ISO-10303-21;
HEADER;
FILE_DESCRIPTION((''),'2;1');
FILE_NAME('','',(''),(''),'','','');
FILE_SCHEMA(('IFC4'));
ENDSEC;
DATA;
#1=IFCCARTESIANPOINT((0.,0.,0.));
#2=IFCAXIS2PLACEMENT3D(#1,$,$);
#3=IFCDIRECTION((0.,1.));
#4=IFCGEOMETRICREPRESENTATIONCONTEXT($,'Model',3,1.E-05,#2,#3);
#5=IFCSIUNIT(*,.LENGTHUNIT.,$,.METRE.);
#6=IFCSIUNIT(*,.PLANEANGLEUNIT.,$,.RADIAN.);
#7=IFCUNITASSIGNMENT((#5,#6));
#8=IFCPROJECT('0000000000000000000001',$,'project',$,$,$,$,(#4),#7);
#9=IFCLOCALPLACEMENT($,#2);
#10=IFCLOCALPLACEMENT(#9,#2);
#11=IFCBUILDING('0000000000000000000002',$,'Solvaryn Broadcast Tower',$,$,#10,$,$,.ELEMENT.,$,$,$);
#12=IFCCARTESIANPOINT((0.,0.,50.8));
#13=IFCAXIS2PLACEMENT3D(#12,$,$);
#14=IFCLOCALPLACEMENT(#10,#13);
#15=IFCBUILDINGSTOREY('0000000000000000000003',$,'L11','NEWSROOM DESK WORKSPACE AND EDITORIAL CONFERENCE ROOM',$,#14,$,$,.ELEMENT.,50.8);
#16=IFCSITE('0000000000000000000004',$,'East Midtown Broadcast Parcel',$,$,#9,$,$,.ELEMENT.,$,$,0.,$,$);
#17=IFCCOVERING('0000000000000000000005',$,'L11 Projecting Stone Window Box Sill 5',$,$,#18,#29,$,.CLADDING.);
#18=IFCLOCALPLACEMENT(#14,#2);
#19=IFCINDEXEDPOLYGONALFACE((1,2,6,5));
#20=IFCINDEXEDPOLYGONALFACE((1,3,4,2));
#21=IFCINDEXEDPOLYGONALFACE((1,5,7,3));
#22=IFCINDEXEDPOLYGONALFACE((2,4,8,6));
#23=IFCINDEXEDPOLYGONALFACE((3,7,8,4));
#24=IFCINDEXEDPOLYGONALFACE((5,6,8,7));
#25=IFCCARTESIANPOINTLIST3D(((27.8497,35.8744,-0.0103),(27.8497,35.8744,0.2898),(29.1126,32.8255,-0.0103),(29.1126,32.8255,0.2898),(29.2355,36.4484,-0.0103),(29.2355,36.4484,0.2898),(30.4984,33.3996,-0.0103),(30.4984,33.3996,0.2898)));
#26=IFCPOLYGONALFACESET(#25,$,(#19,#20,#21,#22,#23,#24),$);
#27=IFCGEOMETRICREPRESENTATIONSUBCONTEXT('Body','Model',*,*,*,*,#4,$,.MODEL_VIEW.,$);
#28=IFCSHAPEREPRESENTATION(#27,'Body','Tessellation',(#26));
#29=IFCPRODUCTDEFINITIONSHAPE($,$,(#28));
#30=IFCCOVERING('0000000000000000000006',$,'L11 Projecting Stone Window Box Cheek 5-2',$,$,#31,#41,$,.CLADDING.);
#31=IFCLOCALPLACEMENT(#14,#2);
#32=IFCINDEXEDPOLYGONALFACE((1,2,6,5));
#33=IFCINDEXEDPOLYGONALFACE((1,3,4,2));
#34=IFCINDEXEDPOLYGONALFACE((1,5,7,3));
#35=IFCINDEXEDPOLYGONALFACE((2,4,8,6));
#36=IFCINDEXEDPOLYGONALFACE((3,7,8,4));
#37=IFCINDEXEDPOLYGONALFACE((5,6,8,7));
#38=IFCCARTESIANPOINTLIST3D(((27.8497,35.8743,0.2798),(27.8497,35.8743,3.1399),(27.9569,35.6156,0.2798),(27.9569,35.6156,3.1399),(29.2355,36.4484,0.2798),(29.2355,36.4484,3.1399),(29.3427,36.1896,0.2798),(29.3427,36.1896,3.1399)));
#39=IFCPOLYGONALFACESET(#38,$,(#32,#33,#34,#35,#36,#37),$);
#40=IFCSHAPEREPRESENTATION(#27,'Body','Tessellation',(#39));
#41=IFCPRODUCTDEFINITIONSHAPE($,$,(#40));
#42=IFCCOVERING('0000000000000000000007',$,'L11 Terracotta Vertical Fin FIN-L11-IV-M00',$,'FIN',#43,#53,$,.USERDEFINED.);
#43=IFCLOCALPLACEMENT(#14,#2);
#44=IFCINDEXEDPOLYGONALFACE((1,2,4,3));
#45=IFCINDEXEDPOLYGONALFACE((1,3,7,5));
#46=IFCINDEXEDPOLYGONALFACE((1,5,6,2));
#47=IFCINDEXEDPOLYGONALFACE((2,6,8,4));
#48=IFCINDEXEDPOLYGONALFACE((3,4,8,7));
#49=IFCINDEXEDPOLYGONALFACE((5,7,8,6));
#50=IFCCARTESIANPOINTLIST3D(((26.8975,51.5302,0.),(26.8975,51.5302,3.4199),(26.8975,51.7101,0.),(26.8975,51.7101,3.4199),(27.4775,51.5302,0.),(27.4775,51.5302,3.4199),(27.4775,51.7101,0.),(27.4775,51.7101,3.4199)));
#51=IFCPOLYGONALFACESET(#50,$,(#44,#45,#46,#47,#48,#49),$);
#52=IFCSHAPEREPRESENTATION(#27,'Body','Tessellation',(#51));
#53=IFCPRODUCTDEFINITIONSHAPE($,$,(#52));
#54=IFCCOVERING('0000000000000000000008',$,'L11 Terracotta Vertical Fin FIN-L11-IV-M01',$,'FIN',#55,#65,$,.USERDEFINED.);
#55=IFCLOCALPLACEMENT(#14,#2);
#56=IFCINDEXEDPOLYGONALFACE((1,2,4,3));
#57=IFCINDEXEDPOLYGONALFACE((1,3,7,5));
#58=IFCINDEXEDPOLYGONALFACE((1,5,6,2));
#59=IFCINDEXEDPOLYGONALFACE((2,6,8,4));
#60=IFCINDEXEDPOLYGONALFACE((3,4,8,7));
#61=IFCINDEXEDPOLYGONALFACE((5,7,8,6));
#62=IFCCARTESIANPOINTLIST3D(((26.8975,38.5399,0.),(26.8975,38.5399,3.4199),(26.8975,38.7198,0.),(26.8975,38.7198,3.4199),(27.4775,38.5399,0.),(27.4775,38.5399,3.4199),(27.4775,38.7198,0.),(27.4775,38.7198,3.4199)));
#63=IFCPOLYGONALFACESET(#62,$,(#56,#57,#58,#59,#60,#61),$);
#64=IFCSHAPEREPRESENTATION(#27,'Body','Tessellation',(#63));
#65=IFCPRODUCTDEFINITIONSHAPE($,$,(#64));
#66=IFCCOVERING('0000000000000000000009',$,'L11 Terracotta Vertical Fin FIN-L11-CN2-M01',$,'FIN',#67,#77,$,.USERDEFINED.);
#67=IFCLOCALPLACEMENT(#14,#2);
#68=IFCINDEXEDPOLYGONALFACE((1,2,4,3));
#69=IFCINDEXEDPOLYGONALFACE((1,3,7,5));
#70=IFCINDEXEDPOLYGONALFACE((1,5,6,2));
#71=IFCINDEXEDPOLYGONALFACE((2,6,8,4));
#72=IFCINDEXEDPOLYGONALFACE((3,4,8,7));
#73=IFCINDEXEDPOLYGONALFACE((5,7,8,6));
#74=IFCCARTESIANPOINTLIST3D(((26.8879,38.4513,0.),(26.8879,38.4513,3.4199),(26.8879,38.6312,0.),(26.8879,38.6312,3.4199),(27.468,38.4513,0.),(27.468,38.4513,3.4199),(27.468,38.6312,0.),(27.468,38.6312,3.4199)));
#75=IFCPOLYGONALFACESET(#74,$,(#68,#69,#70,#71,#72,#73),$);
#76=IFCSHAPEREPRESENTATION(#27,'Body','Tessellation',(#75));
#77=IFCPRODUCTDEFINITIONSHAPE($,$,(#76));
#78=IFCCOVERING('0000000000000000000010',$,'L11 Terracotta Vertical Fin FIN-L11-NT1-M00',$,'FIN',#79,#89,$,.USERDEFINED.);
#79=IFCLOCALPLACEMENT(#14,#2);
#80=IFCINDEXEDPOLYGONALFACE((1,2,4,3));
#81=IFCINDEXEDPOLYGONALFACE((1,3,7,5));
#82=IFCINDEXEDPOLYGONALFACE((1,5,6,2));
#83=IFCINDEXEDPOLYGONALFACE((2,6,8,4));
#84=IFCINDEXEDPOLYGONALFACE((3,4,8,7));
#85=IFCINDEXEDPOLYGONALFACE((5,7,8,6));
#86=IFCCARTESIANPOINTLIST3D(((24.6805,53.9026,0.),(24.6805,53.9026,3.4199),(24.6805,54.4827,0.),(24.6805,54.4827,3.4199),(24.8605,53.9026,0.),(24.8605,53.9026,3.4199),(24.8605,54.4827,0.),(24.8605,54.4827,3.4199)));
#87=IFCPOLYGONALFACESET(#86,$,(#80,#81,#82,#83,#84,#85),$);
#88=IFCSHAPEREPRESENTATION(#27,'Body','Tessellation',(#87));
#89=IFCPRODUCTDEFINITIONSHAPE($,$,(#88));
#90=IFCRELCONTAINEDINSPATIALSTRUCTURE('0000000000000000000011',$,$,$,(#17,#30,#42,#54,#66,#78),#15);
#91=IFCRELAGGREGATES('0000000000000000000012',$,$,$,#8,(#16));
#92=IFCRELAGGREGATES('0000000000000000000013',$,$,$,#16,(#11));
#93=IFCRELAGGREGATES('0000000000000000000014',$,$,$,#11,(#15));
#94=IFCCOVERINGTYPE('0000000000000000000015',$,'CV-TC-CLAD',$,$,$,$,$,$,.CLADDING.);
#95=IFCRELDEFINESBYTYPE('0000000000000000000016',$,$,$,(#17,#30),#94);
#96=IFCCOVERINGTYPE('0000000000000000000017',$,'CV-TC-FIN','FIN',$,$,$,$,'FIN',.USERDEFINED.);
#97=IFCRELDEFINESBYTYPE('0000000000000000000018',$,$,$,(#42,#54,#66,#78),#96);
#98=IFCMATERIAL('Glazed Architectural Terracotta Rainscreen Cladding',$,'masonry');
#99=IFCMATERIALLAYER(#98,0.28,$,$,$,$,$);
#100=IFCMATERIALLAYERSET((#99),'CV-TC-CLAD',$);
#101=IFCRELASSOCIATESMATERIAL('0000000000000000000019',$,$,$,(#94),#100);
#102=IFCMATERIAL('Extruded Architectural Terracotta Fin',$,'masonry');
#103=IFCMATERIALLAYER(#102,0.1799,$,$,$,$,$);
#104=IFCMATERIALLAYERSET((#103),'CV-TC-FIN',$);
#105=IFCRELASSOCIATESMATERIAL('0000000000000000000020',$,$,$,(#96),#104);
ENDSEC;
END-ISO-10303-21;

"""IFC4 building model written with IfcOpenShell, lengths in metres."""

from ifc_helpers import new_model, si_unit, direction, frame, origin, origin_2d, place, context, subcontext, project, spatial, rectangle, extrude, material, layer, layer_set, type_object, element, save


model = new_model("IFC4")

# Units and contexts
model_context = context("Model", 3, precision=1e-05, world=origin(), true_north=direction((0.0, 1.0)))
body_context = subcontext(model_context, "Body", "Model", "MODEL_VIEW")
ifc_project = project(units=[si_unit("LENGTHUNIT", "METRE"), si_unit("PLANEANGLEUNIT", "RADIAN")], contexts=[model_context])

# Site, building, storey
site_placement = place(None, origin())
site = spatial("IfcSite", under=ifc_project, at=site_placement, Name="East Midtown Broadcast Parcel", CompositionType="ELEMENT", RefElevation=0.0)
building_placement = place(site_placement, origin())
building = spatial("IfcBuilding", under=site, at=building_placement, Name="Solvaryn Broadcast Tower", CompositionType="ELEMENT")
storey_placement = place(building_placement, frame((0.0, 0.0, 50.8)))
storey = spatial("IfcBuildingStorey", under=building, at=storey_placement, Name="L11", Description="NEWSROOM DESK WORKSPACE AND EDITORIAL CONFERENCE ROOM", CompositionType="ELEMENT", Elevation=50.8)

# Coverings
ifc_material_1 = material(Name="Glazed Architectural Terracotta Rainscreen Cladding", Category="masonry")
ifc_layer_1 = layer(ifc_material_1, 0.28)
ifc_layer_set_1 = layer_set([ifc_layer_1], Name="CV-TC-CLAD")
covering_type_1 = type_object("IfcCoveringType", Name="CV-TC-CLAD", PredefinedType="CLADDING", material=ifc_layer_set_1)
covering_1_placement = place(storey_placement, frame((29.1741, 34.637, -0.0103), z_axis=(0.0, 0.0, 1.0), x_axis=(-0.382683, 0.92388, 0.0)))
element("IfcCovering", 1, at=covering_1_placement, inside=storey, type_object=covering_type_1, Name="L11 Projecting Stone Window Box Sill 5", PredefinedType="CLADDING", context=body_context, shape_type="SweptSolid", body=[
    extrude(rectangle(XDim=3.3, YDim=1.5, at=origin_2d()), origin(), (0.0, 0.0, 1.0), 0.3),
])
covering_2_placement = place(storey_placement, frame((28.5962, 36.032, 0.2798), z_axis=(0.0, 0.0, 1.0), x_axis=(-0.382683, 0.92388, 0.0)))
element("IfcCovering", 2, at=covering_2_placement, inside=storey, type_object=covering_type_1, Name="L11 Projecting Stone Window Box Cheek 5-2", PredefinedType="CLADDING", context=body_context, shape_type="SweptSolid", body=[
    extrude(rectangle(XDim=0.28, YDim=1.5, at=origin_2d()), origin(), (0.0, 0.0, 1.0), 2.8601),
])
ifc_material_2 = material(Name="Extruded Architectural Terracotta Fin", Category="masonry")
ifc_layer_2 = layer(ifc_material_2, 0.1799)
ifc_layer_set_2 = layer_set([ifc_layer_2], Name="CV-TC-FIN")
covering_type_2 = type_object("IfcCoveringType", Name="CV-TC-FIN", Description="FIN", ElementType="FIN", PredefinedType="USERDEFINED", material=ifc_layer_set_2)
for number, where, z_axis, x_axis, name in (
    (3, (27.1875, 51.6201, 0.0), (0.0, 0.0, 1.0), (1.0, 0.0, 0.0), "L11 Terracotta Vertical Fin FIN-L11-IV-M00"),
    (4, (27.1875, 38.6299, 0.0), (0.0, 0.0, 1.0), (1.0, 0.0, 0.0), "L11 Terracotta Vertical Fin FIN-L11-IV-M01"),
    (5, (27.178, 38.5413, 0.0), (0.0, 0.0, 1.0), (1.0, 0.0, 0.0), "L11 Terracotta Vertical Fin FIN-L11-CN2-M01"),
):
    element("IfcCovering", number, at=place(storey_placement, frame(where, z_axis=z_axis, x_axis=x_axis)), inside=storey, type_object=covering_type_2, Name=name, ObjectType="FIN", PredefinedType="USERDEFINED", context=body_context, shape_type="SweptSolid", body=[
        extrude(rectangle(XDim=0.5801, YDim=0.1799, at=origin_2d()), origin(), (0.0, 0.0, 1.0), 3.4199),
    ])
covering_3_placement = place(storey_placement, frame((24.7705, 54.1926, 0.0), z_axis=(0.0, 0.0, 1.0), x_axis=(1.0, 0.0, 0.0)))
element("IfcCovering", 6, at=covering_3_placement, inside=storey, type_object=covering_type_2, Name="L11 Terracotta Vertical Fin FIN-L11-NT1-M00", ObjectType="FIN", PredefinedType="USERDEFINED", context=body_context, shape_type="SweptSolid", body=[
    extrude(rectangle(XDim=0.1799, YDim=0.5801, at=origin_2d()), origin(), (0.0, 0.0, 1.0), 3.4199),
])

save(model, "model.ifc")
